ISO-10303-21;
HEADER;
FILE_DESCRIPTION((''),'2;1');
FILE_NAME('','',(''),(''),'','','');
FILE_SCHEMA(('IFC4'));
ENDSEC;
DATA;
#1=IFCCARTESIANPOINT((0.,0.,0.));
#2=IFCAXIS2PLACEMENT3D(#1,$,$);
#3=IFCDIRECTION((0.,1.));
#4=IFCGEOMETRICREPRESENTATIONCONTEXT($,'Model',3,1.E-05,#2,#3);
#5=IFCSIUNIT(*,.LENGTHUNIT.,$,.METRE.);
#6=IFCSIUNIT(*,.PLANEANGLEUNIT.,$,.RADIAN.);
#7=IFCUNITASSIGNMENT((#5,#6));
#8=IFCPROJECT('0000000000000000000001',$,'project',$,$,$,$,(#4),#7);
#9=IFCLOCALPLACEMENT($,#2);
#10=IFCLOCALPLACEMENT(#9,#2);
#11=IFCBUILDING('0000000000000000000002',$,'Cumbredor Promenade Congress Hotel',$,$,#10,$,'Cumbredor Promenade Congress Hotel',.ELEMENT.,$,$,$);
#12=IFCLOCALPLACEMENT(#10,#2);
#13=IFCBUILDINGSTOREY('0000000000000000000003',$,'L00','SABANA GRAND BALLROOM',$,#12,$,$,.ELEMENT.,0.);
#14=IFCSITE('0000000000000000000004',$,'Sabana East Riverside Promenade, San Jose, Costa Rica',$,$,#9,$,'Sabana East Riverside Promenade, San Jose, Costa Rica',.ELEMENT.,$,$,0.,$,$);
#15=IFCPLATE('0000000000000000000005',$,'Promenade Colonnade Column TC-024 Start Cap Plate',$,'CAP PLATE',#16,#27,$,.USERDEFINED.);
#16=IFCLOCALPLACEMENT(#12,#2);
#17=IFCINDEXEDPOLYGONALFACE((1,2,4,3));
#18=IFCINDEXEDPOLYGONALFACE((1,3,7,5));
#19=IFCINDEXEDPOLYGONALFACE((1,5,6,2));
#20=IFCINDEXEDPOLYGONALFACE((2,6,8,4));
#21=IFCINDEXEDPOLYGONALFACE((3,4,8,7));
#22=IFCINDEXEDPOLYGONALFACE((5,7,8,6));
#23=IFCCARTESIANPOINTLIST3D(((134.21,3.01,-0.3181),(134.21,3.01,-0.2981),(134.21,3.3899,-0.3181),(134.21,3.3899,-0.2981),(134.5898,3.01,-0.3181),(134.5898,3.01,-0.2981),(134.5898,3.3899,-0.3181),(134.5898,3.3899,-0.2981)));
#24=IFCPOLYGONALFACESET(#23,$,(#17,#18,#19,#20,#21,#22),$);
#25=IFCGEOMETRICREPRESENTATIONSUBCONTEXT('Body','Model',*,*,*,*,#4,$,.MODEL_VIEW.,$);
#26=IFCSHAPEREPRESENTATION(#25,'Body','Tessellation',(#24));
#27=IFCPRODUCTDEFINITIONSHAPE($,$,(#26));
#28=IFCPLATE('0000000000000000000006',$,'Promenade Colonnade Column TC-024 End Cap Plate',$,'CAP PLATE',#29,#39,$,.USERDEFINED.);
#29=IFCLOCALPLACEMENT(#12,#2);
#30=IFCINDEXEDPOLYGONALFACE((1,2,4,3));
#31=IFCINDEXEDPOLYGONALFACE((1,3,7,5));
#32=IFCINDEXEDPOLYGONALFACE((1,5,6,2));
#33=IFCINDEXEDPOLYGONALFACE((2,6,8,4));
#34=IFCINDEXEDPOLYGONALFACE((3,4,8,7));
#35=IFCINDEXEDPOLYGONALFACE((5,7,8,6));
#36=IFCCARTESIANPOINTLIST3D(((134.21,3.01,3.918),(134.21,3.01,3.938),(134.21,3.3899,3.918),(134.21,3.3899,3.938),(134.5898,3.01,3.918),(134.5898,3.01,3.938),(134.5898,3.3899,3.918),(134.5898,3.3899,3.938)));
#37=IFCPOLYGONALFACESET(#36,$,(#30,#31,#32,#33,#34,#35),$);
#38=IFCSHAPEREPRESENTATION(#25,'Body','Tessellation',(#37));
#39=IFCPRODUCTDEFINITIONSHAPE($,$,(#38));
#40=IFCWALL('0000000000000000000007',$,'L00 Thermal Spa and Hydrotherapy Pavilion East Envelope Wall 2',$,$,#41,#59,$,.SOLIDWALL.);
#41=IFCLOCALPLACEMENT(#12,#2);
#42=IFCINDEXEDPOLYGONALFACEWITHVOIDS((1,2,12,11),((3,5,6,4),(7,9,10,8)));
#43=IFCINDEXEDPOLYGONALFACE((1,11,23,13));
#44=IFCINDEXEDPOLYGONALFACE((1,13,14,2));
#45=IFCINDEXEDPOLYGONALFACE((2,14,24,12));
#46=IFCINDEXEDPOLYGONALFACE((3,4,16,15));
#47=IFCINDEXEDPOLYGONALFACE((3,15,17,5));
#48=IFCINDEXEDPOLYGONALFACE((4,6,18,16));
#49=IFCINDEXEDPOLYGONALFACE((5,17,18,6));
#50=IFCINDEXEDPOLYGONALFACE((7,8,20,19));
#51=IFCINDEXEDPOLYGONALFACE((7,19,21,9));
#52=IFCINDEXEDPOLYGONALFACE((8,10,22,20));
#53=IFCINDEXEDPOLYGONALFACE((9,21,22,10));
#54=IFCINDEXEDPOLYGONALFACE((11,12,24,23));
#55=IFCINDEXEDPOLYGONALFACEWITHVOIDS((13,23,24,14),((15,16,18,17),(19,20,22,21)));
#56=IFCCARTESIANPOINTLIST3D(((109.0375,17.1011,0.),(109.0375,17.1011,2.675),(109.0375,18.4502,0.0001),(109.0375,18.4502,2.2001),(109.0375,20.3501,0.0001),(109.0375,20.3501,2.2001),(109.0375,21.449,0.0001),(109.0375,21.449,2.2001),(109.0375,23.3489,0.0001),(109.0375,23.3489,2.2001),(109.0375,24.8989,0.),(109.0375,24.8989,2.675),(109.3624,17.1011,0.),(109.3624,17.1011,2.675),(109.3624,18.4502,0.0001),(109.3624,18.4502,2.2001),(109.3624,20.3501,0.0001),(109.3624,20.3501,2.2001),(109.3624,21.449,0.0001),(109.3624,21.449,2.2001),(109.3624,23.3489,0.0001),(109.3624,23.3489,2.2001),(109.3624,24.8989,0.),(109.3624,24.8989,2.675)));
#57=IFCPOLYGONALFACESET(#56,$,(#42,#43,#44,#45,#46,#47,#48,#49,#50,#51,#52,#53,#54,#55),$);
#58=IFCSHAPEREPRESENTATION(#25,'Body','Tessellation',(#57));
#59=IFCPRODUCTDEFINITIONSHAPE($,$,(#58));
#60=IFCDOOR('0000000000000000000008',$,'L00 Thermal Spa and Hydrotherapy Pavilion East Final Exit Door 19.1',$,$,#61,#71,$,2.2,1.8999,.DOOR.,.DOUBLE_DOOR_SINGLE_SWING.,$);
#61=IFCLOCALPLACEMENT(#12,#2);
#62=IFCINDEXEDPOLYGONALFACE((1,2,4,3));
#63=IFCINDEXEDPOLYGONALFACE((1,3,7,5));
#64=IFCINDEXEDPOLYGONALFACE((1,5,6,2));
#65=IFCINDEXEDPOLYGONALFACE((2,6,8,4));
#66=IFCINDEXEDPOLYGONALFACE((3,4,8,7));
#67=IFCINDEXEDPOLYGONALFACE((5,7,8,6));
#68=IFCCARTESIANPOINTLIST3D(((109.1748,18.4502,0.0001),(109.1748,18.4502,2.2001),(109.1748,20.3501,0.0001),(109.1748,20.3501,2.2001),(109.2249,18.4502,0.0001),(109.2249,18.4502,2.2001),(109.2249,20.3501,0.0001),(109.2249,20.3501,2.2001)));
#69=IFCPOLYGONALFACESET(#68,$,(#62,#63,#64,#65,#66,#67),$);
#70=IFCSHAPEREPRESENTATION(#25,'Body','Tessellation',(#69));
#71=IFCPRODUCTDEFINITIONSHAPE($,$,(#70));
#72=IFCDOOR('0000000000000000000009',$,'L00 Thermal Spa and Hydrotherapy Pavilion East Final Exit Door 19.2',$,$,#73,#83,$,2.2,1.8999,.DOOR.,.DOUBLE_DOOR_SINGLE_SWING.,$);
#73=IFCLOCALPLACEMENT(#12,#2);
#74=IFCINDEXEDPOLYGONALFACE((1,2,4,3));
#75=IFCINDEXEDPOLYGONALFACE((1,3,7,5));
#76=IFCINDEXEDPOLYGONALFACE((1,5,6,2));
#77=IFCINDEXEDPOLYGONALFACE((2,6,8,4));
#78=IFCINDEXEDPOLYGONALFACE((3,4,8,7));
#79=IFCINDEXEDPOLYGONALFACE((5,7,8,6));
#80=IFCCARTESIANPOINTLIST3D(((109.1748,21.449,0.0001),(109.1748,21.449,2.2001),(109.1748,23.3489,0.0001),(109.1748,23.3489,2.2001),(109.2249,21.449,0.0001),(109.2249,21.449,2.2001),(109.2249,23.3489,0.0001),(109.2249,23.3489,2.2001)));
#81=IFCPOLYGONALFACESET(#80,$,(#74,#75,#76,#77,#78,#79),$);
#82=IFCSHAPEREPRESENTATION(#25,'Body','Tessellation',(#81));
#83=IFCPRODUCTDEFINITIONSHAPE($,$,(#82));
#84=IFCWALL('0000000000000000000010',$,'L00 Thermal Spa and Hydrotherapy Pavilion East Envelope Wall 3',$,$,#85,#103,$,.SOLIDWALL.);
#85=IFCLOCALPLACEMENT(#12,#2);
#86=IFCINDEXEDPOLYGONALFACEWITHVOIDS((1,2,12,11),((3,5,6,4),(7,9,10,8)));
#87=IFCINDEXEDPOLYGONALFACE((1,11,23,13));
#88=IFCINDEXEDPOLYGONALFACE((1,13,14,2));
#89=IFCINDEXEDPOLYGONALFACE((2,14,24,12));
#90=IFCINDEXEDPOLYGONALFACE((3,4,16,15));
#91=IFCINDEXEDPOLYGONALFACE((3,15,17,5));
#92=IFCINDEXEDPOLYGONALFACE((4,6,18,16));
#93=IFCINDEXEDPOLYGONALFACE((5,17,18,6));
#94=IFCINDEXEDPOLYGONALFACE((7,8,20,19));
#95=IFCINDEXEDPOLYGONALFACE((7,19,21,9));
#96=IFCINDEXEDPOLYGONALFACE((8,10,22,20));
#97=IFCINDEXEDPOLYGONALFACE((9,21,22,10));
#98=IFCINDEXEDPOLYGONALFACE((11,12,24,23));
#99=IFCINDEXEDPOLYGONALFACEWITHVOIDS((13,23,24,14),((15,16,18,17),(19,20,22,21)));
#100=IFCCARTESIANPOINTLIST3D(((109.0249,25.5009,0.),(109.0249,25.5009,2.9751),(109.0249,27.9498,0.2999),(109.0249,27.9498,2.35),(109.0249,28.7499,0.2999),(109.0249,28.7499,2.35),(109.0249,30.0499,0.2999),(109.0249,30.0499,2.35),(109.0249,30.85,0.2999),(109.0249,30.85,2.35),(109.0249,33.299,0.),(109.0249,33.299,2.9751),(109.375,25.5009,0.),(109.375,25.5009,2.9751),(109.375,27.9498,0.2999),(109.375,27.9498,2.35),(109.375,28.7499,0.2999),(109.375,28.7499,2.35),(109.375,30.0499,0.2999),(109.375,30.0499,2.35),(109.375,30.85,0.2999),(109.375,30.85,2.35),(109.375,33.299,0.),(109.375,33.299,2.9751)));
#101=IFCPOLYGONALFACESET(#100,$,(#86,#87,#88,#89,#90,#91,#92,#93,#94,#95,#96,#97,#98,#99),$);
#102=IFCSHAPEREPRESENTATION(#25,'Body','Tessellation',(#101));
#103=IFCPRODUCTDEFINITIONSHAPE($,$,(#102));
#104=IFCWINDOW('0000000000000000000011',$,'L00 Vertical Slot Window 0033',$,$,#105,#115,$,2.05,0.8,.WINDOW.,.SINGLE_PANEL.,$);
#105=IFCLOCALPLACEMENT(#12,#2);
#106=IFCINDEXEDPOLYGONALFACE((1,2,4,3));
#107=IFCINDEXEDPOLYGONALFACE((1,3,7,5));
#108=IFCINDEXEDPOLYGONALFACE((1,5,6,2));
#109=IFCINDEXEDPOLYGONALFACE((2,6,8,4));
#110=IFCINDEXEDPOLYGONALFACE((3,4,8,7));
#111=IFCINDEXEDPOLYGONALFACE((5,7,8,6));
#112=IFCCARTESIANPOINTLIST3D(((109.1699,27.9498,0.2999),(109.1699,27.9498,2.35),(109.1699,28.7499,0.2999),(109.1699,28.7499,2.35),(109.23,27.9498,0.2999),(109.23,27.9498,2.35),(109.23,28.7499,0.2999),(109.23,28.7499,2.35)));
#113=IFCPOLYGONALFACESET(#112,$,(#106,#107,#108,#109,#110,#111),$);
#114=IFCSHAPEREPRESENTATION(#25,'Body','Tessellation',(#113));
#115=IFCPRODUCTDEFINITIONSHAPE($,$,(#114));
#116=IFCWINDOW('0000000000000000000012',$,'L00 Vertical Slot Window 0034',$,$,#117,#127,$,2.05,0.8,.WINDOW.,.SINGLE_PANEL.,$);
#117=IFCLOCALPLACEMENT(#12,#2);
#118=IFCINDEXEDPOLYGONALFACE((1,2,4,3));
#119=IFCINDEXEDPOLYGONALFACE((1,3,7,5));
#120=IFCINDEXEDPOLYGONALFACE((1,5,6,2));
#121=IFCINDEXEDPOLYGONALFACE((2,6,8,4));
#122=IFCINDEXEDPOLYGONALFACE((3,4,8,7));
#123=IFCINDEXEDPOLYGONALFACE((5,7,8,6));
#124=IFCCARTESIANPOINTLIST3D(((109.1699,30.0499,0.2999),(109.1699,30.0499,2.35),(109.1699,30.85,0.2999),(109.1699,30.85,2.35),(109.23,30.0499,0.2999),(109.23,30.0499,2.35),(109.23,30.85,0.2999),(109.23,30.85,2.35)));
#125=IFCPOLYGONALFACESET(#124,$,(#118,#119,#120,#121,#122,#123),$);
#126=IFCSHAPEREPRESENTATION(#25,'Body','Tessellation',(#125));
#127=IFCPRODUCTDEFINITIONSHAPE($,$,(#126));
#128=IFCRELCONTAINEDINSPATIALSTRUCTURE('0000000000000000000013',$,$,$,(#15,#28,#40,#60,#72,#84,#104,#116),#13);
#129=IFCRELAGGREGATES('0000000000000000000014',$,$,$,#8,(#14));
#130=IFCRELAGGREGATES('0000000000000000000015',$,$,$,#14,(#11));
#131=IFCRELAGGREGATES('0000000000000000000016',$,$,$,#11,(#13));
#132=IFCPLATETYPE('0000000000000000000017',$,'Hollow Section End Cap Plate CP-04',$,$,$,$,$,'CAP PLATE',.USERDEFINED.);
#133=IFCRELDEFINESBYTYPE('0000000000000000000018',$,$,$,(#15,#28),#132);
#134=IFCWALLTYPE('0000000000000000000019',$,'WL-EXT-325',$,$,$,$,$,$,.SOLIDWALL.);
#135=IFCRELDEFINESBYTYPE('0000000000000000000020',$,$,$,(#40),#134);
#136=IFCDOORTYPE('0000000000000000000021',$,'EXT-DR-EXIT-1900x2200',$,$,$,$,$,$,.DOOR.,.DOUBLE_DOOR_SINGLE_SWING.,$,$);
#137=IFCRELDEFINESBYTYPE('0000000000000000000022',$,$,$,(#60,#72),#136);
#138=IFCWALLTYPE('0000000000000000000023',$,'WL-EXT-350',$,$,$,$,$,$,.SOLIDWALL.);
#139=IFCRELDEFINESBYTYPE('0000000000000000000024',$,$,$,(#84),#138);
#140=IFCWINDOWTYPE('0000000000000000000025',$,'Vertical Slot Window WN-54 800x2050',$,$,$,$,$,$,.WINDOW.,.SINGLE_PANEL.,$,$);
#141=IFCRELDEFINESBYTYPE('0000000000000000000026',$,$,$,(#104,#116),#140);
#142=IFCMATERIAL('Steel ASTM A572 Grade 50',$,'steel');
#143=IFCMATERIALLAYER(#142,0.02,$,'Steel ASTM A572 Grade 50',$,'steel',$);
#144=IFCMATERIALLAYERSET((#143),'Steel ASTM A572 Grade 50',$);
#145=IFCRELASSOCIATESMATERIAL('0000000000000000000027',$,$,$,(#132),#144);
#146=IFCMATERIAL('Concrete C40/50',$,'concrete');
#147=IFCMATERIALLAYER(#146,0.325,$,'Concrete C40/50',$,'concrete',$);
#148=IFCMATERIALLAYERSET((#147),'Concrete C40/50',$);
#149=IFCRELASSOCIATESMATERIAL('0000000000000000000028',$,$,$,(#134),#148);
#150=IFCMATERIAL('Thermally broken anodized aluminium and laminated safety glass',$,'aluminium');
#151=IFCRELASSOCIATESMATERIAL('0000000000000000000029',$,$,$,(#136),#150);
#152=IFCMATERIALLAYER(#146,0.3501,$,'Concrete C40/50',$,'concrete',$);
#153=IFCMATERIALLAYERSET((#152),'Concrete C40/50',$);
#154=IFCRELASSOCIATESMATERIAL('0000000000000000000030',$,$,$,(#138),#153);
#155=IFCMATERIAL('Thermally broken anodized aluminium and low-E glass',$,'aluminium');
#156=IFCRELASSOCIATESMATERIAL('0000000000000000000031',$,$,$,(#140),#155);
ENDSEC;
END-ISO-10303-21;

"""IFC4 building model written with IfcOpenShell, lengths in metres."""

from ifc_helpers import new_model, si_unit, direction, frame, frame_2d, origin, origin_2d, place, context, subcontext, project, spatial, rectangle, extrude, material, layer, layer_set, type_object, element, fill, save


model = new_model("IFC4")

# Units and contexts
model_context = context("Model", 3, precision=1e-05, world=origin(), true_north=direction((0.0, 1.0)))
body_context = subcontext(model_context, "Body", "Model", "MODEL_VIEW")
ifc_project = project(units=[si_unit("LENGTHUNIT", "METRE"), si_unit("PLANEANGLEUNIT", "RADIAN")], contexts=[model_context])

# Site, building, storey
site_placement = place(None, origin())
site = spatial("IfcSite", under=ifc_project, at=site_placement, Name="Sabana East Riverside Promenade, San Jose, Costa Rica", LongName="Sabana East Riverside Promenade, San Jose, Costa Rica", CompositionType="ELEMENT", RefElevation=0.0)
building_placement = place(site_placement, origin())
building = spatial("IfcBuilding", under=site, at=building_placement, Name="Cumbredor Promenade Congress Hotel", LongName="Cumbredor Promenade Congress Hotel", CompositionType="ELEMENT")
storey_placement = place(building_placement, origin())
storey = spatial("IfcBuildingStorey", under=building, at=storey_placement, Name="L00", Description="SABANA GRAND BALLROOM", CompositionType="ELEMENT", Elevation=0.0)

# Shared definitions
ifc_material_1 = material(Name="Concrete C40/50", Category="concrete")

# Shared definitions
ifc_material_2 = material(Name="Thermally broken anodized aluminium and low-E glass", Category="aluminium")

# Plates
ifc_material_3 = material(Name="Steel ASTM A572 Grade 50", Category="steel")
ifc_layer_1 = layer(ifc_material_3, 0.02, Name="Steel ASTM A572 Grade 50", Category="steel")
ifc_layer_set_1 = layer_set([ifc_layer_1], Name="Steel ASTM A572 Grade 50")
plate_type = type_object("IfcPlateType", Name="Hollow Section End Cap Plate CP-04", ElementType="CAP PLATE", PredefinedType="USERDEFINED", material=ifc_layer_set_1)
for number, where, z_axis, x_axis, name in (
    (1, (134.3999, 3.2, -0.3181), (0.0, 0.0, 1.0), (1.0, 0.0, 0.0), "Promenade Colonnade Column TC-024 Start Cap Plate"),
    (2, (134.3999, 3.2, 3.918), (0.0, 0.0, 1.0), (1.0, 0.0, 0.0), "Promenade Colonnade Column TC-024 End Cap Plate"),
):
    element("IfcPlate", number, at=place(storey_placement, frame(where, z_axis=z_axis, x_axis=x_axis)), inside=storey, type_object=plate_type, Name=name, ObjectType="CAP PLATE", PredefinedType="USERDEFINED", context=body_context, shape_type="SweptSolid", body=[
        extrude(rectangle(XDim=0.3799, YDim=0.3799, at=origin_2d()), origin(), (0.0, 0.0, 1.0), 0.02),
    ])

# Wall, openings, doors
ifc_layer_2 = layer(ifc_material_1, 0.325, Name="Concrete C40/50", Category="concrete")
ifc_layer_set_2 = layer_set([ifc_layer_2], Name="Concrete C40/50")
wall_type_1 = type_object("IfcWallType", Name="WL-EXT-325", PredefinedType="SOLIDWALL", material=ifc_layer_set_2)
wall_1_placement = place(storey_placement, frame((109.2, 17.1011, 0.0), z_axis=(0.0, 0.0, 1.0), x_axis=(0.0, 1.0, 0.0)))
wall_1 = element("IfcWall", 3, at=wall_1_placement, inside=storey, type_object=wall_type_1, Name="L00 Thermal Spa and Hydrotherapy Pavilion East Envelope Wall 2", PredefinedType="SOLIDWALL", context=body_context, shape_type="SweptSolid", body=[
    extrude(rectangle(XDim=7.7979, YDim=0.325, at=frame_2d((3.8989, 0.0))), origin(), (0.0, 0.0, 1.0), 2.675),
])
opening_1_placement = place(wall_1_placement, frame((1.3491, 0.0, 0.0)))
opening_1 = element("IfcOpeningElement", 4, at=opening_1_placement, cuts=wall_1, PredefinedType="OPENING", context=body_context, shape_type="SweptSolid", body=[
    extrude(rectangle(XDim=1.8999, YDim=2.2, at=frame_2d((0.95, 1.1001))), frame((0.0, 0.1724, 0.0), z_axis=(0.0, -1.0, 0.0), x_axis=(1.0, 0.0, 0.0)), (0.0, 0.0, 1.0), 0.345),
])
opening_2_placement = place(wall_1_placement, frame((4.3479, 0.0, 0.0)))
opening_2 = element("IfcOpeningElement", 5, at=opening_2_placement, cuts=wall_1, PredefinedType="OPENING", context=body_context, shape_type="SweptSolid", body=[
    extrude(rectangle(XDim=1.8999, YDim=2.2, at=frame_2d((0.95, 1.1001))), frame((0.0, 0.1724, 0.0), z_axis=(0.0, -1.0, 0.0), x_axis=(1.0, 0.0, 0.0)), (0.0, 0.0, 1.0), 0.345),
])
ifc_material_4 = material(Name="Thermally broken anodized aluminium and laminated safety glass", Category="aluminium")
door_type = type_object("IfcDoorType", Name="EXT-DR-EXIT-1900x2200", OperationType="DOUBLE_DOOR_SINGLE_SWING", PredefinedType="DOOR", material=ifc_material_4)
door_1_placement = place(opening_1_placement, frame((1.8999, 0.0, 0.0), z_axis=(0.0, 0.0, 1.0), x_axis=(-1.0, 0.0, 0.0)))
door_1 = element("IfcDoor", 6, at=door_1_placement, inside=storey, type_object=door_type, Name="L00 Thermal Spa and Hydrotherapy Pavilion East Final Exit Door 19.1", OperationType="DOUBLE_DOOR_SINGLE_SWING", OverallHeight=2.2, OverallWidth=1.8999, PredefinedType="DOOR", context=body_context, shape_type="SweptSolid", body=[
    extrude(rectangle(XDim=1.8999, YDim=2.2, at=frame_2d((0.95, 1.1001))), frame((0.0, 0.0249, 0.0), z_axis=(0.0, -1.0, 0.0), x_axis=(1.0, 0.0, 0.0)), (0.0, 0.0, 1.0), 0.05),
])
fill(opening_1, door_1)
door_2_placement = place(opening_2_placement, frame((1.8999, 0.0, 0.0), z_axis=(0.0, 0.0, 1.0), x_axis=(-1.0, 0.0, 0.0)))
door_2 = element("IfcDoor", 7, at=door_2_placement, inside=storey, type_object=door_type, Name="L00 Thermal Spa and Hydrotherapy Pavilion East Final Exit Door 19.2", OperationType="DOUBLE_DOOR_SINGLE_SWING", OverallHeight=2.2, OverallWidth=1.8999, PredefinedType="DOOR", context=body_context, shape_type="SweptSolid", body=[
    extrude(rectangle(XDim=1.8999, YDim=2.2, at=frame_2d((0.95, 1.1001))), frame((0.0, 0.0249, 0.0), z_axis=(0.0, -1.0, 0.0), x_axis=(1.0, 0.0, 0.0)), (0.0, 0.0, 1.0), 0.05),
])
fill(opening_2, door_2)

# Wall, openings, windows
ifc_layer_3 = layer(ifc_material_1, 0.3501, Name="Concrete C40/50", Category="concrete")
ifc_layer_set_3 = layer_set([ifc_layer_3], Name="Concrete C40/50")
wall_type_2 = type_object("IfcWallType", Name="WL-EXT-350", PredefinedType="SOLIDWALL", material=ifc_layer_set_3)
wall_2_placement = place(storey_placement, frame((109.2, 25.501, 0.0), z_axis=(0.0, 0.0, 1.0), x_axis=(0.0, 1.0, 0.0)))
wall_2 = element("IfcWall", 8, at=wall_2_placement, inside=storey, type_object=wall_type_2, Name="L00 Thermal Spa and Hydrotherapy Pavilion East Envelope Wall 3", PredefinedType="SOLIDWALL", context=body_context, shape_type="SweptSolid", body=[
    extrude(rectangle(XDim=7.7981, YDim=0.3501, at=frame_2d((3.8989, 0.0))), origin(), (0.0, 0.0, 1.0), 2.9751),
])
opening_3_placement = place(wall_2_placement, frame((2.449, 0.0, 0.3)))
opening_3 = element("IfcOpeningElement", 9, at=opening_3_placement, cuts=wall_2, PredefinedType="OPENING", context=body_context, shape_type="SweptSolid", body=[
    extrude(rectangle(XDim=0.8, YDim=2.05, at=frame_2d((0.3999, 1.0249))), frame((0.0, 0.1851, 0.0), z_axis=(0.0, -1.0, 0.0), x_axis=(1.0, 0.0, 0.0)), (0.0, 0.0, 1.0), 0.3701),
])
opening_4_placement = place(wall_2_placement, frame((4.5491, 0.0, 0.3)))
opening_4 = element("IfcOpeningElement", 10, at=opening_4_placement, cuts=wall_2, PredefinedType="OPENING", context=body_context, shape_type="SweptSolid", body=[
    extrude(rectangle(XDim=0.8, YDim=2.05, at=frame_2d((0.3999, 1.0249))), frame((0.0, 0.1851, 0.0), z_axis=(0.0, -1.0, 0.0), x_axis=(1.0, 0.0, 0.0)), (0.0, 0.0, 1.0), 0.3701),
])
window_type = type_object("IfcWindowType", Name="Vertical Slot Window WN-54 800x2050", PartitioningType="SINGLE_PANEL", PredefinedType="WINDOW", material=ifc_material_2)
window_1_placement = place(opening_3_placement, origin())
window_1 = element("IfcWindow", 11, at=window_1_placement, inside=storey, type_object=window_type, Name="L00 Vertical Slot Window 0033", OverallHeight=2.05, OverallWidth=0.8, PartitioningType="SINGLE_PANEL", PredefinedType="WINDOW", context=body_context, shape_type="SweptSolid", body=[
    extrude(rectangle(XDim=0.8, YDim=2.05, at=frame_2d((0.3999, 1.0249))), frame((0.0, 0.03, 0.0), z_axis=(0.0, -1.0, 0.0), x_axis=(1.0, 0.0, 0.0)), (0.0, 0.0, 1.0), 0.0601),
])
fill(opening_3, window_1)
window_2_placement = place(opening_4_placement, origin())
window_2 = element("IfcWindow", 12, at=window_2_placement, inside=storey, type_object=window_type, Name="L00 Vertical Slot Window 0034", OverallHeight=2.05, OverallWidth=0.8, PartitioningType="SINGLE_PANEL", PredefinedType="WINDOW", context=body_context, shape_type="SweptSolid", body=[
    extrude(rectangle(XDim=0.8, YDim=2.05, at=frame_2d((0.3999, 1.0249))), frame((0.0, 0.03, 0.0), z_axis=(0.0, -1.0, 0.0), x_axis=(1.0, 0.0, 0.0)), (0.0, 0.0, 1.0), 0.0601),
])
fill(opening_4, window_2)

save(model, "model.ifc")
